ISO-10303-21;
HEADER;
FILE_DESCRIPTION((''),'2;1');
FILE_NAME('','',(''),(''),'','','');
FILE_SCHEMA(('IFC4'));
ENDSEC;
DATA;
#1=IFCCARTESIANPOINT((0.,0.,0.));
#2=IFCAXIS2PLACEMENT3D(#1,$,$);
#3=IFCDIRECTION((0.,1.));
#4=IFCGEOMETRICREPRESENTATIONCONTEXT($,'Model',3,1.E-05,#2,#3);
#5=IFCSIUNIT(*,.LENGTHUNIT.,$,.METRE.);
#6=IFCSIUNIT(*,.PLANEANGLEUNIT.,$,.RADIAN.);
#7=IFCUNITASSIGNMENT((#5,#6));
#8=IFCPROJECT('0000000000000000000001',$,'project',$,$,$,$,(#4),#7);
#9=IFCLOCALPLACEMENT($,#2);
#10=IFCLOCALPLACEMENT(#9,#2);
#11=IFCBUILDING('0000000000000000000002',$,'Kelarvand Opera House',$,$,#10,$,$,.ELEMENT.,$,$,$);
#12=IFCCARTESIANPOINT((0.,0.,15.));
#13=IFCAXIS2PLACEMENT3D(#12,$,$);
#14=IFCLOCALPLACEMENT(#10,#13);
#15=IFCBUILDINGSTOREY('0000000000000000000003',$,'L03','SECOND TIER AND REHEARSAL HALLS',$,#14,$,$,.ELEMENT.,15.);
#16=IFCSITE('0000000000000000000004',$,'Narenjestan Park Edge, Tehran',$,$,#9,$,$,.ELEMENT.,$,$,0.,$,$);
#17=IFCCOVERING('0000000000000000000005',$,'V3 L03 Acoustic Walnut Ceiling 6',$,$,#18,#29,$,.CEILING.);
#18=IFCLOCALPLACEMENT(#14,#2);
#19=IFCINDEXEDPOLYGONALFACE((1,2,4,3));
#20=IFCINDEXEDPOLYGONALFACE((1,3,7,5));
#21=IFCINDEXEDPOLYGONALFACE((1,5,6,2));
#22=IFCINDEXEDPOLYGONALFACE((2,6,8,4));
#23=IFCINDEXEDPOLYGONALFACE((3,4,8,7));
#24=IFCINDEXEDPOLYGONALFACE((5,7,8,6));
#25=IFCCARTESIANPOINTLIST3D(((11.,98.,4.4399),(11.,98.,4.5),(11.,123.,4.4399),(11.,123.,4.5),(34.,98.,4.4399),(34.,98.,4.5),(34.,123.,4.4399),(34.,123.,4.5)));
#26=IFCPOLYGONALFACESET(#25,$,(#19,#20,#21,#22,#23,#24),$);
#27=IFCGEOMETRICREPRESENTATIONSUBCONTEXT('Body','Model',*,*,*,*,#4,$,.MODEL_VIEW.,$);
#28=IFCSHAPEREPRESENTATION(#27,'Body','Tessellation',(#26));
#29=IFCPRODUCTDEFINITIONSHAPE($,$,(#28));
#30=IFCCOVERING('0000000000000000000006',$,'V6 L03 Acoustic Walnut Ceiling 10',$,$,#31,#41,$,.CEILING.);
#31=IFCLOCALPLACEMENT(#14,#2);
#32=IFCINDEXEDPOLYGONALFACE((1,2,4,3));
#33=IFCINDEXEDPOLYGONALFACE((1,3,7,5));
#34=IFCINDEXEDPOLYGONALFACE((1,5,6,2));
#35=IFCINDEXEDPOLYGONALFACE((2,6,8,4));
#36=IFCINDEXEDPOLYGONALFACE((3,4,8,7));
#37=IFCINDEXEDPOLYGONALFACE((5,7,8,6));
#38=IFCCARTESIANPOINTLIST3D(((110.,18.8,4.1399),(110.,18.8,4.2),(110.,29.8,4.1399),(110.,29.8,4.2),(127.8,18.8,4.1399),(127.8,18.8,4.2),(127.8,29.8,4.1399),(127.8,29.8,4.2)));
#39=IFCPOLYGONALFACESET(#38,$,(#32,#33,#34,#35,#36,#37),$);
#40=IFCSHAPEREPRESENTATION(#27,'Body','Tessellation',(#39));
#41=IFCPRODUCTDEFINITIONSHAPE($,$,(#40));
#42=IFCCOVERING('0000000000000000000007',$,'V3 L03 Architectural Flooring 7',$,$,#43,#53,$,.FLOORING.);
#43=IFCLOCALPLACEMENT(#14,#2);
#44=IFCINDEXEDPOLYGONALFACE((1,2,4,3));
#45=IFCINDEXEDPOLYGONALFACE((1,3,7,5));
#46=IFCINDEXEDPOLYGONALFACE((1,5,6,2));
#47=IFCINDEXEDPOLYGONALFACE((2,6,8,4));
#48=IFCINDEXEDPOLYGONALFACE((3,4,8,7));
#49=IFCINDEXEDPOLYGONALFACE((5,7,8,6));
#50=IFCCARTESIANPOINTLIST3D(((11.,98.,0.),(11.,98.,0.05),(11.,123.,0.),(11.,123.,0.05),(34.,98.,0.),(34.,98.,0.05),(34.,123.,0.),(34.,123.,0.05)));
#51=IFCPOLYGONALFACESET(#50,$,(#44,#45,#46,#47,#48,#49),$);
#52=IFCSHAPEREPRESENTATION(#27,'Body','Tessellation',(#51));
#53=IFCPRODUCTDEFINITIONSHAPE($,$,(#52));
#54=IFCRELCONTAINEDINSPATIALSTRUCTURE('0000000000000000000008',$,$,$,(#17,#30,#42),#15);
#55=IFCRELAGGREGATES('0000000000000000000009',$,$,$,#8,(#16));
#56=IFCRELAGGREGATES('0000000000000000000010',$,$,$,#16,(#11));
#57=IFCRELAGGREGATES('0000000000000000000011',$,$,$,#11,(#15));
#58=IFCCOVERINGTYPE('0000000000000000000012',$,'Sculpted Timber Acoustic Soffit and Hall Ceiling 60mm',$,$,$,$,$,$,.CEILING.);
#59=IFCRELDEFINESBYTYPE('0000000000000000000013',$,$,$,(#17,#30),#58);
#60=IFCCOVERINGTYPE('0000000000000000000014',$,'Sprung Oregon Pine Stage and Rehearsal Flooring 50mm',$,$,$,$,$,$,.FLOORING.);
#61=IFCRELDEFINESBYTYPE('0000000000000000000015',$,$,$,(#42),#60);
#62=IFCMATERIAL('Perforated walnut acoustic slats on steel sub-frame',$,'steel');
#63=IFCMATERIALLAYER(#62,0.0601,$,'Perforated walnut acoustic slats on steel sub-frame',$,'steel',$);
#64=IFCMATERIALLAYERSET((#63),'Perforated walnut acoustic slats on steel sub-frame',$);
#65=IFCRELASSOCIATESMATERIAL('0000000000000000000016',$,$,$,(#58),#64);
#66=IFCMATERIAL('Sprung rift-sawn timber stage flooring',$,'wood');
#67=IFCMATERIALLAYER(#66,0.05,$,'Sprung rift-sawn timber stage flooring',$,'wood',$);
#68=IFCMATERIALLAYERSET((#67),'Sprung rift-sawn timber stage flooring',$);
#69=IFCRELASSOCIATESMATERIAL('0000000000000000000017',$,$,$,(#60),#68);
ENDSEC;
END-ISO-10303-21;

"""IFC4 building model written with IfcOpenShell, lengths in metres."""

from ifc_helpers import new_model, si_unit, direction, frame, origin, place, context, subcontext, project, spatial, polyline, outline, extrude, material, layer, layer_set, type_object, element, save


model = new_model("IFC4")

# Units and contexts
model_context = context("Model", 3, precision=1e-05, world=origin(), true_north=direction((0.0, 1.0)))
body_context = subcontext(model_context, "Body", "Model", "MODEL_VIEW")
ifc_project = project(units=[si_unit("LENGTHUNIT", "METRE"), si_unit("PLANEANGLEUNIT", "RADIAN")], contexts=[model_context])

# Site, building, storey
site_placement = place(None, origin())
site = spatial("IfcSite", under=ifc_project, at=site_placement, Name="Narenjestan Park Edge, Tehran", CompositionType="ELEMENT", RefElevation=0.0)
building_placement = place(site_placement, origin())
building = spatial("IfcBuilding", under=site, at=building_placement, Name="Kelarvand Opera House", CompositionType="ELEMENT")
storey_placement = place(building_placement, frame((0.0, 0.0, 15.0)))
storey = spatial("IfcBuildingStorey", under=building, at=storey_placement, Name="L03", Description="SECOND TIER AND REHEARSAL HALLS", CompositionType="ELEMENT", Elevation=15.0)

# Coverings
ifc_material_1 = material(Name="Perforated walnut acoustic slats on steel sub-frame", Category="steel")
ifc_layer_1 = layer(ifc_material_1, 0.0601, Name="Perforated walnut acoustic slats on steel sub-frame", Category="steel")
ifc_layer_set_1 = layer_set([ifc_layer_1], Name="Perforated walnut acoustic slats on steel sub-frame")
covering_type_1 = type_object("IfcCoveringType", Name="Sculpted Timber Acoustic Soffit and Hall Ceiling 60mm", PredefinedType="CEILING", material=ifc_layer_set_1)
covering_1_placement = place(storey_placement, frame((0.0, 0.0, 4.4399)))
element("IfcCovering", 1, at=covering_1_placement, inside=storey, type_object=covering_type_1, Name="V3 L03 Acoustic Walnut Ceiling 6", PredefinedType="CEILING", context=body_context, shape_type="SweptSolid", body=[
    extrude(outline(polyline([(11.0, 98.0), (34.0, 98.0), (34.0, 123.0), (11.0, 123.0), (11.0, 98.0)])), origin(), (0.0, 0.0, 1.0), 0.0601),
])
covering_2_placement = place(storey_placement, frame((0.0, 0.0, 4.1399)))
element("IfcCovering", 2, at=covering_2_placement, inside=storey, type_object=covering_type_1, Name="V6 L03 Acoustic Walnut Ceiling 10", PredefinedType="CEILING", context=body_context, shape_type="SweptSolid", body=[
    extrude(outline(polyline([(110.0, 18.8), (127.8, 18.8), (127.8, 29.8), (110.0, 29.8), (110.0, 18.8)])), origin(), (0.0, 0.0, 1.0), 0.0601),
])
ifc_material_2 = material(Name="Sprung rift-sawn timber stage flooring", Category="wood")
ifc_layer_2 = layer(ifc_material_2, 0.05, Name="Sprung rift-sawn timber stage flooring", Category="wood")
ifc_layer_set_2 = layer_set([ifc_layer_2], Name="Sprung rift-sawn timber stage flooring")
covering_type_2 = type_object("IfcCoveringType", Name="Sprung Oregon Pine Stage and Rehearsal Flooring 50mm", PredefinedType="FLOORING", material=ifc_layer_set_2)
covering_3_placement = place(storey_placement, origin())
element("IfcCovering", 3, at=covering_3_placement, inside=storey, type_object=covering_type_2, Name="V3 L03 Architectural Flooring 7", PredefinedType="FLOORING", context=body_context, shape_type="SweptSolid", body=[
    extrude(outline(polyline([(11.0, 98.0), (34.0, 98.0), (34.0, 123.0), (11.0, 123.0), (11.0, 98.0)])), origin(), (0.0, 0.0, 1.0), 0.05),
])

save(model, "model.ifc")
